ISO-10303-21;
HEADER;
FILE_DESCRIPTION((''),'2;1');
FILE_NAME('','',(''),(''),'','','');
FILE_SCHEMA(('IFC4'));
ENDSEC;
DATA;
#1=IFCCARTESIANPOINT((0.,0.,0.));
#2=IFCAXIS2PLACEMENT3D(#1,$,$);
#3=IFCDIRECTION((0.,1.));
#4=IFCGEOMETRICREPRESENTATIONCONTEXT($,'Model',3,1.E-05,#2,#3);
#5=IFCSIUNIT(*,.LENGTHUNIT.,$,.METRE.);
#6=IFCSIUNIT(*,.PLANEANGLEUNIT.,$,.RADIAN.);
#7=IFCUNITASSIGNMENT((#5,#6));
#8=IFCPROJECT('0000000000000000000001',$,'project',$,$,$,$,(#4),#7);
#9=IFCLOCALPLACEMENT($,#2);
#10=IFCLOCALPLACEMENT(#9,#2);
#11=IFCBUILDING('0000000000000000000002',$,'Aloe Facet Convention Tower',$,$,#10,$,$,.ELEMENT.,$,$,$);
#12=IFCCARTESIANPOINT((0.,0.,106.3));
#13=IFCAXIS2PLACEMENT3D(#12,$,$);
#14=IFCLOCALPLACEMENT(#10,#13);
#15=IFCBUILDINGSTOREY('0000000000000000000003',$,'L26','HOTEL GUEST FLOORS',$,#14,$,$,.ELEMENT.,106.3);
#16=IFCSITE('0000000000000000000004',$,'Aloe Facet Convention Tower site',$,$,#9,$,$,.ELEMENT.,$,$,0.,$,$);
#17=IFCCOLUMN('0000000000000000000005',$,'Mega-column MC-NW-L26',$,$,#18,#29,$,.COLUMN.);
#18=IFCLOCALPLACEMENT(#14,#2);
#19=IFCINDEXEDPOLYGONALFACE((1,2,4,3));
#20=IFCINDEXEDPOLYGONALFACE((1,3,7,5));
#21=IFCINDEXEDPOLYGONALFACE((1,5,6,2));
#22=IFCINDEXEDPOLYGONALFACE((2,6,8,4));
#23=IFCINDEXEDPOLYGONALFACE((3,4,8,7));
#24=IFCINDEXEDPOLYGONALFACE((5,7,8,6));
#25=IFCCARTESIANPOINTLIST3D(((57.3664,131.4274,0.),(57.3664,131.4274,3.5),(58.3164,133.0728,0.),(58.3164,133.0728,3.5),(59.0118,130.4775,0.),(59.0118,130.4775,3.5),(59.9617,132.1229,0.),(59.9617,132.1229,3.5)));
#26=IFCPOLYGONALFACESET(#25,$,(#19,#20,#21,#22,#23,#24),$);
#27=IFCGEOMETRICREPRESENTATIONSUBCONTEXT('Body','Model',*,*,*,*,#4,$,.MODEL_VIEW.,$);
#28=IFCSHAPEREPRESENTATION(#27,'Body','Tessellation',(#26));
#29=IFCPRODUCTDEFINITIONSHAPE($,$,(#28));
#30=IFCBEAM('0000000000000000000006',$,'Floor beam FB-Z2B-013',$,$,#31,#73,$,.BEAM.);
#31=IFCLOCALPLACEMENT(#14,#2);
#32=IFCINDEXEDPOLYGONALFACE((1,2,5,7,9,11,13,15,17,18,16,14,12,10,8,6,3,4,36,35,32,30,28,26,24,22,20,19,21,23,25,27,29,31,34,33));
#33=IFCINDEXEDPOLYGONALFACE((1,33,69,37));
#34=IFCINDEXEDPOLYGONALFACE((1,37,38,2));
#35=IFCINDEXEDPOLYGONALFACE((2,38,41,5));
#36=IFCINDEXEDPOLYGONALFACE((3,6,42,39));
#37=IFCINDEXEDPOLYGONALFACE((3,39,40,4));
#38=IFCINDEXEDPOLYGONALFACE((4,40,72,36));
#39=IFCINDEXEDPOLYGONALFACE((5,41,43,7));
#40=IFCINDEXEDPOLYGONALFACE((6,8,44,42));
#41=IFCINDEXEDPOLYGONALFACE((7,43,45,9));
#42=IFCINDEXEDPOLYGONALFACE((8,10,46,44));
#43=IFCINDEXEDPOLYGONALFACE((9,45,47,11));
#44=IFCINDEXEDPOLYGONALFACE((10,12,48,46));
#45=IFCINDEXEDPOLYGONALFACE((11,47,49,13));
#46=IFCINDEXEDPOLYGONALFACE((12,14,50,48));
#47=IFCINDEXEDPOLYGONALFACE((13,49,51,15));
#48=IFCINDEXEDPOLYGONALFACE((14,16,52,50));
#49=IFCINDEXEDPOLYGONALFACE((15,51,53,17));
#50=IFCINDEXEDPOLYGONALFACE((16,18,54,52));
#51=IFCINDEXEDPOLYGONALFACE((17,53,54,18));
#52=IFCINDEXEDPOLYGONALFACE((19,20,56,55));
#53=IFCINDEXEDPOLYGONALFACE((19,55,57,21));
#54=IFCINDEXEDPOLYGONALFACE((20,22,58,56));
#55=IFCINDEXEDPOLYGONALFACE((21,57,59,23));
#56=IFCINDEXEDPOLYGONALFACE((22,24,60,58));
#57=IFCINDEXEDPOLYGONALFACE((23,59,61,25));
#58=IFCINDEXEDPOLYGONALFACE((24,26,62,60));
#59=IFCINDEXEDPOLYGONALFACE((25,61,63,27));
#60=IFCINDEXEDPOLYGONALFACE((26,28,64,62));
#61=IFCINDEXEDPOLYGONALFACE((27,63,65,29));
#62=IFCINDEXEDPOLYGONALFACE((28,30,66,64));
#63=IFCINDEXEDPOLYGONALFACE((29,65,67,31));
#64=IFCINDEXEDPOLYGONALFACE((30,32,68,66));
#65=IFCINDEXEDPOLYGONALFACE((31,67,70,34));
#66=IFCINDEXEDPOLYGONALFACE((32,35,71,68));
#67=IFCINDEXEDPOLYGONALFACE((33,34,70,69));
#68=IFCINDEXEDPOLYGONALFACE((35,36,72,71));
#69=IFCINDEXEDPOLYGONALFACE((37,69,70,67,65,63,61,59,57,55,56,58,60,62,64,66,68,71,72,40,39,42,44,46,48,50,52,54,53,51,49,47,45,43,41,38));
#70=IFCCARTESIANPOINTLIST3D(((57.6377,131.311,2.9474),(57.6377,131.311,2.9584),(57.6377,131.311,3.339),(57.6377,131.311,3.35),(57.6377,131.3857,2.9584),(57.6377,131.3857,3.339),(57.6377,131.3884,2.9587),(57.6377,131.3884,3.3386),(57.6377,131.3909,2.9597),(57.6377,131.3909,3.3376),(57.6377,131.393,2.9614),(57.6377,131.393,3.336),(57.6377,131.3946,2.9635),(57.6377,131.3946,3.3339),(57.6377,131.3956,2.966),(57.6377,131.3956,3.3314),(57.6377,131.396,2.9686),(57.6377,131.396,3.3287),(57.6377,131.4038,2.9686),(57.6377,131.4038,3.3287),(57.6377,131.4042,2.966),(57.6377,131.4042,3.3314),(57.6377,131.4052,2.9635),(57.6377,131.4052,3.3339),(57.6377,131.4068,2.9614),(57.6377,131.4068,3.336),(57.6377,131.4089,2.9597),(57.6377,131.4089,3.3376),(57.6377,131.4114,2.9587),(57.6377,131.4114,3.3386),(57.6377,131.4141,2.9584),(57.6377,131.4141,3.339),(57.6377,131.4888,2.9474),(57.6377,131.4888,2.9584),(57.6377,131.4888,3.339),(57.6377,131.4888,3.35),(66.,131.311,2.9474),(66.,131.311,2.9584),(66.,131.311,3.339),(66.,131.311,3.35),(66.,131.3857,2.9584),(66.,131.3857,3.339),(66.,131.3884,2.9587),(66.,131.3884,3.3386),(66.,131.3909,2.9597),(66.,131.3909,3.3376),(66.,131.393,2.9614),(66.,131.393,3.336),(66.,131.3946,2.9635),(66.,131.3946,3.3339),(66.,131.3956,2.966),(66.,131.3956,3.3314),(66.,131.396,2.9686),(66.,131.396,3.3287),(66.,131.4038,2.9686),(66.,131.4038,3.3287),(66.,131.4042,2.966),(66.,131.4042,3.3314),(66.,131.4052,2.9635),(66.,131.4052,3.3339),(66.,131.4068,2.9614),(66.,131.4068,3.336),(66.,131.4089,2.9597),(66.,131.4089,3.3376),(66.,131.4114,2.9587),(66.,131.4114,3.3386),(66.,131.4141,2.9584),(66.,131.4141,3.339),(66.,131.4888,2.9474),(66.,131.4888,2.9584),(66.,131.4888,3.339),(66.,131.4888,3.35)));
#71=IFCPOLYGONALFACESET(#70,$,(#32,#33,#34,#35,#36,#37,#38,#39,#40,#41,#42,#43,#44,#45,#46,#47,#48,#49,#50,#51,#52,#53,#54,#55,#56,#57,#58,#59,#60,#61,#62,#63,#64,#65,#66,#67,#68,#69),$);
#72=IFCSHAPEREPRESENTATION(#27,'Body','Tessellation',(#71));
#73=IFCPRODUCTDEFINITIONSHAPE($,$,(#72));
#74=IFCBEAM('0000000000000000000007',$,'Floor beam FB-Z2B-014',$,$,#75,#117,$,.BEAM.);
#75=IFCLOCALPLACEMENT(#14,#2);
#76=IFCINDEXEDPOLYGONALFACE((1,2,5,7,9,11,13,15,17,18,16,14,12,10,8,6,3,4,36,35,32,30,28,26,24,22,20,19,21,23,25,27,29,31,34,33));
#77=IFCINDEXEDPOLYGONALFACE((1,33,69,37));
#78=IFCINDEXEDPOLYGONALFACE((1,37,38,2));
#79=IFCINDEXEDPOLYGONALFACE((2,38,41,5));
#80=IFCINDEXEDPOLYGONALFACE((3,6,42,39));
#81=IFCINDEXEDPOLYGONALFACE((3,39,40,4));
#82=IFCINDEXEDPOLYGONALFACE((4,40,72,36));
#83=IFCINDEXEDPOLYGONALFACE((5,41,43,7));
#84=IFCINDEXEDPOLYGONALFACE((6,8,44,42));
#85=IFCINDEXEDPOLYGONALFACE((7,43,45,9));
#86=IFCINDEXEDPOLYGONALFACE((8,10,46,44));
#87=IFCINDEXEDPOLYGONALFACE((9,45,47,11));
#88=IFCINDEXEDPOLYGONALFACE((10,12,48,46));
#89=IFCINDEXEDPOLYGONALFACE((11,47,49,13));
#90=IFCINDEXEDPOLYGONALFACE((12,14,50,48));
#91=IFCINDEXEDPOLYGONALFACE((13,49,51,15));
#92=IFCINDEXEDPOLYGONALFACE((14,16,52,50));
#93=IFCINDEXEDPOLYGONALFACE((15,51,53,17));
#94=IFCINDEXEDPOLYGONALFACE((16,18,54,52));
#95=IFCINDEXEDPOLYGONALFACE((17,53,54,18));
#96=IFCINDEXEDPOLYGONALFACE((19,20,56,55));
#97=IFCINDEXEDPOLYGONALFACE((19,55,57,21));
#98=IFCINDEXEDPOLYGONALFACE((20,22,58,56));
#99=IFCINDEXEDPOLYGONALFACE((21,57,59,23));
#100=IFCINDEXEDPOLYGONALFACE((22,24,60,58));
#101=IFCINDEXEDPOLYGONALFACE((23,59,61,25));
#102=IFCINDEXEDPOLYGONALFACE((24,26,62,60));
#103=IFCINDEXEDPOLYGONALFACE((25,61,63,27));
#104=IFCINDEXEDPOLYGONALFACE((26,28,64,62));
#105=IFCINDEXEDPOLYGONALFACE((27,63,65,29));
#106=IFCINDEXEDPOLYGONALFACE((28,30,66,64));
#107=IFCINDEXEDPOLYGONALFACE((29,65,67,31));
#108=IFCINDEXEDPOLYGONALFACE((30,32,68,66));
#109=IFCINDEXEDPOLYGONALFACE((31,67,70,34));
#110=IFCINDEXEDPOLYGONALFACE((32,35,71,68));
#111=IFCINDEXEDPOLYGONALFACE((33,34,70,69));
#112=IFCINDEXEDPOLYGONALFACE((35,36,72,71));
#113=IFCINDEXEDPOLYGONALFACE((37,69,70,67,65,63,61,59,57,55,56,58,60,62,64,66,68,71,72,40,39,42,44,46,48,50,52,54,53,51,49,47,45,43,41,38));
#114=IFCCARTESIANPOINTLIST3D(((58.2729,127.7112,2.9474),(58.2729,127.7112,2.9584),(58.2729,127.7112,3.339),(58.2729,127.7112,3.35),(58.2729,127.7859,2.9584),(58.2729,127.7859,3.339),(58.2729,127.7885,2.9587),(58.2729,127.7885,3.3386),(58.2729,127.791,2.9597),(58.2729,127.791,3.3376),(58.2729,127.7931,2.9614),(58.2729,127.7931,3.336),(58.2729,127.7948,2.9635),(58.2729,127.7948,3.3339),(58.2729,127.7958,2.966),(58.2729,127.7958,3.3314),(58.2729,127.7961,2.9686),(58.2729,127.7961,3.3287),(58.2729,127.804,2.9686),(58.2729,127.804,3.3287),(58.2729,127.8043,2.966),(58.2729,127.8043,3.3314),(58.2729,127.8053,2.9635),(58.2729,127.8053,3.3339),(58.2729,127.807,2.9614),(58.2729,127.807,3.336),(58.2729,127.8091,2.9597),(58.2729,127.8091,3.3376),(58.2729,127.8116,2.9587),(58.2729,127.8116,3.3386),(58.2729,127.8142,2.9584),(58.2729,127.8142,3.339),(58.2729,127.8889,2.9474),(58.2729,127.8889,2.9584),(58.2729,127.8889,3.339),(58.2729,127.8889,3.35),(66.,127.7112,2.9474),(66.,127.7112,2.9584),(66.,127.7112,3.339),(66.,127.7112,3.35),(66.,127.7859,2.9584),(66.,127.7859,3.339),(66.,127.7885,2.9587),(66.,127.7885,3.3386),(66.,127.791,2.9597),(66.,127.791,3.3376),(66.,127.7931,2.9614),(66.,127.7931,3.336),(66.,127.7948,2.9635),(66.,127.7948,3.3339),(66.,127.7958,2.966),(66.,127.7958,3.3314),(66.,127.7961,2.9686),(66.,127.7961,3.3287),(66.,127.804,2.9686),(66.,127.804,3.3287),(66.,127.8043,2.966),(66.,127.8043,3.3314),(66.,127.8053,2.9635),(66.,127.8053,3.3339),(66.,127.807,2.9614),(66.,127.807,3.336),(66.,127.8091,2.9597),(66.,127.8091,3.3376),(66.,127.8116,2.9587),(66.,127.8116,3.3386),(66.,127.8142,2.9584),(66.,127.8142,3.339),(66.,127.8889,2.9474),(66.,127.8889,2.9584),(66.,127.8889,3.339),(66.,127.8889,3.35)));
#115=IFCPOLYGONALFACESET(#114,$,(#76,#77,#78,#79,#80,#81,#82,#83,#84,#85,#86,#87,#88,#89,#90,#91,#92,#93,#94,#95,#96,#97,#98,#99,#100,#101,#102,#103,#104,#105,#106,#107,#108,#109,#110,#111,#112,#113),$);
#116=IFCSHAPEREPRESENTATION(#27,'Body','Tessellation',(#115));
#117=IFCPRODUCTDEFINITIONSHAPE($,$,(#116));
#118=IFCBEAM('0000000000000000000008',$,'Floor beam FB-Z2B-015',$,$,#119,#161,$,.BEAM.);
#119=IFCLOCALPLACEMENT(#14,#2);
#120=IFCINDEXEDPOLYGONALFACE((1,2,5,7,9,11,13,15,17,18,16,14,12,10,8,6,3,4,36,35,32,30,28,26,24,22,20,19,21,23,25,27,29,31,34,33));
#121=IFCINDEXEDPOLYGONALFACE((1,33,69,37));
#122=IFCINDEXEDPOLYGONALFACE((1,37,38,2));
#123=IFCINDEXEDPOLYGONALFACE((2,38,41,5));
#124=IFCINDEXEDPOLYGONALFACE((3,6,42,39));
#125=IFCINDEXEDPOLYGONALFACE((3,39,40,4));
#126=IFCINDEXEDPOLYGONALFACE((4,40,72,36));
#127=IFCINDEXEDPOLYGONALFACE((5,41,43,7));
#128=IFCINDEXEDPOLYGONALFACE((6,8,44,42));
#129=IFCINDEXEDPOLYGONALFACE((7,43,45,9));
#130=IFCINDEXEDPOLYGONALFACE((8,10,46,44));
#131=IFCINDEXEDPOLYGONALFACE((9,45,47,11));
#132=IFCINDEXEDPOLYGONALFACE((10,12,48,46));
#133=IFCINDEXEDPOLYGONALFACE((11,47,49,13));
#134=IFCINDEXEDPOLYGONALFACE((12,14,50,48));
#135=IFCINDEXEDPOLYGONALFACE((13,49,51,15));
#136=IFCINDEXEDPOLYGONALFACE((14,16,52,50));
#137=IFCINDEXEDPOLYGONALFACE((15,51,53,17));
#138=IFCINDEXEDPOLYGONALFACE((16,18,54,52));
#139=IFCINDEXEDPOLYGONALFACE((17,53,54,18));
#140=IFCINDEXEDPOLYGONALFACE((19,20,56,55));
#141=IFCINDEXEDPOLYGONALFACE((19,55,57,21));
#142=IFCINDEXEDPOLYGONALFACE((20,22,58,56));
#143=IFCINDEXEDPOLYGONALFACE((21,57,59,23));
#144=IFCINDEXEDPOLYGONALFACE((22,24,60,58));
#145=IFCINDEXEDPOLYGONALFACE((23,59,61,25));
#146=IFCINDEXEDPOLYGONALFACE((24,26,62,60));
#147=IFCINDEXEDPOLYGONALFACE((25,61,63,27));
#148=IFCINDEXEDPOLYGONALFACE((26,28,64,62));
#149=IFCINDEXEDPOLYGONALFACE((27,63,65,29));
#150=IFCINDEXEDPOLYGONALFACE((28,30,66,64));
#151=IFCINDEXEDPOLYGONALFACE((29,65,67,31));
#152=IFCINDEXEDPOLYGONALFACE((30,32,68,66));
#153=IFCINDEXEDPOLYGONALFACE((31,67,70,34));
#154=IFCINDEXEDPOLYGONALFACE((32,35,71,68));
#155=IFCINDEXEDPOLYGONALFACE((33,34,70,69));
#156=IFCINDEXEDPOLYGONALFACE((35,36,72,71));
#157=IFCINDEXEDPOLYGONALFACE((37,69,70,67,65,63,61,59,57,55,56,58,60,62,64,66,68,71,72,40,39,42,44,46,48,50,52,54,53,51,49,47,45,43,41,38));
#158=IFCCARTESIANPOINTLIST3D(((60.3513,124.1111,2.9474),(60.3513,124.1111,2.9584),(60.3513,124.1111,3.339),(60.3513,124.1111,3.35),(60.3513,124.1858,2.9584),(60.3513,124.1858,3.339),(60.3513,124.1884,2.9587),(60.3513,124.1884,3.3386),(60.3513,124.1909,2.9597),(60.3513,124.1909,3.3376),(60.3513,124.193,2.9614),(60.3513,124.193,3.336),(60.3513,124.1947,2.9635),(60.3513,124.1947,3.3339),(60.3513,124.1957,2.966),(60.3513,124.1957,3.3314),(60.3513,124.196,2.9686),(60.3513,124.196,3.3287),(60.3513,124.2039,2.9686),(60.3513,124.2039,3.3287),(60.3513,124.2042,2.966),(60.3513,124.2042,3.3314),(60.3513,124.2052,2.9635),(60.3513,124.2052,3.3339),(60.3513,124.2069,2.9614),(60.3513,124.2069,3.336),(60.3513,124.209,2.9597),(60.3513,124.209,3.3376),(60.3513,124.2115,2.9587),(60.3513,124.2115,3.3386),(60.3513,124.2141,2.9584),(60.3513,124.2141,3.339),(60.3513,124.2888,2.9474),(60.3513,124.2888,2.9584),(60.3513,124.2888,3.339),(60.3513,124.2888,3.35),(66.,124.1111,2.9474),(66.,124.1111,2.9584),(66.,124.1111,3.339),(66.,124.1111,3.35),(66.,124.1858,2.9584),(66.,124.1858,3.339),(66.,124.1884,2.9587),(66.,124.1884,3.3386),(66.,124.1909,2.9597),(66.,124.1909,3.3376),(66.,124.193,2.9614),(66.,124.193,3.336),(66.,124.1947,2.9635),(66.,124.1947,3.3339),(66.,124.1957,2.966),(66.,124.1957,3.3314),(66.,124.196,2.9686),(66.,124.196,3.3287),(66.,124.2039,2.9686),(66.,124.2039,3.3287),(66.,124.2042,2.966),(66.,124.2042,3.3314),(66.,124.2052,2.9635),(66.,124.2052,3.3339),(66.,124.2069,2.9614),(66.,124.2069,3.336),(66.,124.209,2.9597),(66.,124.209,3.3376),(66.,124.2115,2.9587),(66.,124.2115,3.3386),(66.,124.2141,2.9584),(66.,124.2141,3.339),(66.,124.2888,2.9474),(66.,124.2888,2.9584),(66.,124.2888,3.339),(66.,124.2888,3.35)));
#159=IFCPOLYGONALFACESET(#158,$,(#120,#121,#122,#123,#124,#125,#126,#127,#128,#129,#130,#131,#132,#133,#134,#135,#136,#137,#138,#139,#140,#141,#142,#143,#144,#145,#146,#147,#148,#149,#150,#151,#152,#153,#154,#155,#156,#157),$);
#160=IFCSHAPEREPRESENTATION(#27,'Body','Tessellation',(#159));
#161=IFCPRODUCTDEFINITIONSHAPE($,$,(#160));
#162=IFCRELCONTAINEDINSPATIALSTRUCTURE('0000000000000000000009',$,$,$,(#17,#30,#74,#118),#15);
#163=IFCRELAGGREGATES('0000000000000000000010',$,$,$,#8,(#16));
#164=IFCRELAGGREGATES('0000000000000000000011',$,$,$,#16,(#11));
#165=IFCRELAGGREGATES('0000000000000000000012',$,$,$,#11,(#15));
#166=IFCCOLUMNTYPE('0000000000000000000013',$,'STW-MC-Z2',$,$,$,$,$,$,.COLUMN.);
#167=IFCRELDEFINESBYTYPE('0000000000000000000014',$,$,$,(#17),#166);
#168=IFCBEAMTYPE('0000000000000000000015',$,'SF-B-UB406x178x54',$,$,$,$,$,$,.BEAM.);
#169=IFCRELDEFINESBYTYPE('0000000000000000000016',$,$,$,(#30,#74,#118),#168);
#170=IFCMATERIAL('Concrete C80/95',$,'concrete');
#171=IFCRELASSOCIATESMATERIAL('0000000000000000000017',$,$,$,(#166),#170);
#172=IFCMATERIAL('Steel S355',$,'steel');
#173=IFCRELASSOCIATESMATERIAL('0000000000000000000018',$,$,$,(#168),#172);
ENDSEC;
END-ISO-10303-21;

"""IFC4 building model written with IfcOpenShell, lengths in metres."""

from ifc_helpers import new_model, si_unit, direction, frame, origin, origin_2d, place, context, subcontext, project, spatial, rectangle, i_section, extrude, material, material_profile, profile_set, type_object, element, save


model = new_model("IFC4")

# Units and contexts
model_context = context("Model", 3, precision=1e-05, world=origin(), true_north=direction((0.0, 1.0)))
body_context = subcontext(model_context, "Body", "Model", "MODEL_VIEW")
ifc_project = project(units=[si_unit("LENGTHUNIT", "METRE"), si_unit("PLANEANGLEUNIT", "RADIAN")], contexts=[model_context])

# Site, building, storey
site_placement = place(None, origin())
site = spatial("IfcSite", under=ifc_project, at=site_placement, Name="Aloe Facet Convention Tower site", CompositionType="ELEMENT", RefElevation=0.0)
building_placement = place(site_placement, origin())
building = spatial("IfcBuilding", under=site, at=building_placement, Name="Aloe Facet Convention Tower", CompositionType="ELEMENT")
storey_placement = place(building_placement, frame((0.0, 0.0, 106.3)))
storey = spatial("IfcBuildingStorey", under=building, at=storey_placement, Name="L26", Description="HOTEL GUEST FLOORS", CompositionType="ELEMENT", Elevation=106.3)

# Column
ifc_material_1 = material(Name="Concrete C80/95", Category="concrete")
ifc_material_profile_1 = material_profile(ifc_material_1, rectangle(XDim=1.8999, YDim=1.8999, at=origin_2d()), Name="STW-MC-Z2")
ifc_profile_set_1 = profile_set([ifc_material_profile_1], Name="Concrete C80/95")
column_type = type_object("IfcColumnType", Name="STW-MC-Z2", PredefinedType="COLUMN", material=ifc_profile_set_1)
column_placement = place(storey_placement, frame((58.6641, 131.7751, 0.0), z_axis=(0.0, 0.0, 1.0), x_axis=(-0.5, -0.866025, 0.0)))
element("IfcColumn", 1, at=column_placement, inside=storey, type_object=column_type, Name="Mega-column MC-NW-L26", PredefinedType="COLUMN", context=body_context, shape_type="SweptSolid", body=[
    extrude(rectangle(XDim=1.8999, YDim=1.8999, at=origin_2d()), origin(), (0.0, 0.0, 1.0), 3.5),
])

# Beams
ifc_material_2 = material(Name="Steel S355", Category="steel")
ifc_material_profile_2 = material_profile(ifc_material_2, i_section(OverallWidth=0.1777, OverallDepth=0.4026, WebThickness=0.0078, FlangeThickness=0.011, FilletRadius=0.0103, at=origin_2d()), Name="UB 406x178x54")
ifc_profile_set_2 = profile_set([ifc_material_profile_2], Name="Steel S355")
beam_type_1 = type_object("IfcBeamType", Name="SF-B-UB406x178x54", PredefinedType="BEAM", material=ifc_profile_set_2)
beam_1_placement = place(storey_placement, frame((57.6377, 131.3999, 3.1487), z_axis=(1.0, 0.0, 0.0), x_axis=(0.0, 1.0, 0.0)))
element("IfcBeam", 2, at=beam_1_placement, inside=storey, type_object=beam_type_1, Name="Floor beam FB-Z2B-013", PredefinedType="BEAM", context=body_context, shape_type="SweptSolid", body=[
    extrude(i_section(OverallWidth=0.1777, OverallDepth=0.4026, WebThickness=0.0078, FlangeThickness=0.011, FilletRadius=0.0103, at=origin_2d()), origin(), (0.0, 0.0, 1.0), 8.3623),
])
beam_2_placement = place(storey_placement, frame((58.2729, 127.8, 3.1487), z_axis=(1.0, 0.0, 0.0), x_axis=(0.0, 1.0, 0.0)))
element("IfcBeam", 3, at=beam_2_placement, inside=storey, type_object=beam_type_1, Name="Floor beam FB-Z2B-014", PredefinedType="BEAM", context=body_context, shape_type="SweptSolid", body=[
    extrude(i_section(OverallWidth=0.1777, OverallDepth=0.4026, WebThickness=0.0078, FlangeThickness=0.011, FilletRadius=0.0103, at=origin_2d()), origin(), (0.0, 0.0, 1.0), 7.7271),
])
beam_3_placement = place(storey_placement, frame((60.3513, 124.2, 3.1487), z_axis=(1.0, 0.0, 0.0), x_axis=(0.0, 1.0, 0.0)))
element("IfcBeam", 4, at=beam_3_placement, inside=storey, type_object=beam_type_1, Name="Floor beam FB-Z2B-015", PredefinedType="BEAM", context=body_context, shape_type="SweptSolid", body=[
    extrude(i_section(OverallWidth=0.1777, OverallDepth=0.4026, WebThickness=0.0078, FlangeThickness=0.011, FilletRadius=0.0103, at=origin_2d()), origin(), (0.0, 0.0, 1.0), 5.6487),
])

save(model, "model.ifc")
